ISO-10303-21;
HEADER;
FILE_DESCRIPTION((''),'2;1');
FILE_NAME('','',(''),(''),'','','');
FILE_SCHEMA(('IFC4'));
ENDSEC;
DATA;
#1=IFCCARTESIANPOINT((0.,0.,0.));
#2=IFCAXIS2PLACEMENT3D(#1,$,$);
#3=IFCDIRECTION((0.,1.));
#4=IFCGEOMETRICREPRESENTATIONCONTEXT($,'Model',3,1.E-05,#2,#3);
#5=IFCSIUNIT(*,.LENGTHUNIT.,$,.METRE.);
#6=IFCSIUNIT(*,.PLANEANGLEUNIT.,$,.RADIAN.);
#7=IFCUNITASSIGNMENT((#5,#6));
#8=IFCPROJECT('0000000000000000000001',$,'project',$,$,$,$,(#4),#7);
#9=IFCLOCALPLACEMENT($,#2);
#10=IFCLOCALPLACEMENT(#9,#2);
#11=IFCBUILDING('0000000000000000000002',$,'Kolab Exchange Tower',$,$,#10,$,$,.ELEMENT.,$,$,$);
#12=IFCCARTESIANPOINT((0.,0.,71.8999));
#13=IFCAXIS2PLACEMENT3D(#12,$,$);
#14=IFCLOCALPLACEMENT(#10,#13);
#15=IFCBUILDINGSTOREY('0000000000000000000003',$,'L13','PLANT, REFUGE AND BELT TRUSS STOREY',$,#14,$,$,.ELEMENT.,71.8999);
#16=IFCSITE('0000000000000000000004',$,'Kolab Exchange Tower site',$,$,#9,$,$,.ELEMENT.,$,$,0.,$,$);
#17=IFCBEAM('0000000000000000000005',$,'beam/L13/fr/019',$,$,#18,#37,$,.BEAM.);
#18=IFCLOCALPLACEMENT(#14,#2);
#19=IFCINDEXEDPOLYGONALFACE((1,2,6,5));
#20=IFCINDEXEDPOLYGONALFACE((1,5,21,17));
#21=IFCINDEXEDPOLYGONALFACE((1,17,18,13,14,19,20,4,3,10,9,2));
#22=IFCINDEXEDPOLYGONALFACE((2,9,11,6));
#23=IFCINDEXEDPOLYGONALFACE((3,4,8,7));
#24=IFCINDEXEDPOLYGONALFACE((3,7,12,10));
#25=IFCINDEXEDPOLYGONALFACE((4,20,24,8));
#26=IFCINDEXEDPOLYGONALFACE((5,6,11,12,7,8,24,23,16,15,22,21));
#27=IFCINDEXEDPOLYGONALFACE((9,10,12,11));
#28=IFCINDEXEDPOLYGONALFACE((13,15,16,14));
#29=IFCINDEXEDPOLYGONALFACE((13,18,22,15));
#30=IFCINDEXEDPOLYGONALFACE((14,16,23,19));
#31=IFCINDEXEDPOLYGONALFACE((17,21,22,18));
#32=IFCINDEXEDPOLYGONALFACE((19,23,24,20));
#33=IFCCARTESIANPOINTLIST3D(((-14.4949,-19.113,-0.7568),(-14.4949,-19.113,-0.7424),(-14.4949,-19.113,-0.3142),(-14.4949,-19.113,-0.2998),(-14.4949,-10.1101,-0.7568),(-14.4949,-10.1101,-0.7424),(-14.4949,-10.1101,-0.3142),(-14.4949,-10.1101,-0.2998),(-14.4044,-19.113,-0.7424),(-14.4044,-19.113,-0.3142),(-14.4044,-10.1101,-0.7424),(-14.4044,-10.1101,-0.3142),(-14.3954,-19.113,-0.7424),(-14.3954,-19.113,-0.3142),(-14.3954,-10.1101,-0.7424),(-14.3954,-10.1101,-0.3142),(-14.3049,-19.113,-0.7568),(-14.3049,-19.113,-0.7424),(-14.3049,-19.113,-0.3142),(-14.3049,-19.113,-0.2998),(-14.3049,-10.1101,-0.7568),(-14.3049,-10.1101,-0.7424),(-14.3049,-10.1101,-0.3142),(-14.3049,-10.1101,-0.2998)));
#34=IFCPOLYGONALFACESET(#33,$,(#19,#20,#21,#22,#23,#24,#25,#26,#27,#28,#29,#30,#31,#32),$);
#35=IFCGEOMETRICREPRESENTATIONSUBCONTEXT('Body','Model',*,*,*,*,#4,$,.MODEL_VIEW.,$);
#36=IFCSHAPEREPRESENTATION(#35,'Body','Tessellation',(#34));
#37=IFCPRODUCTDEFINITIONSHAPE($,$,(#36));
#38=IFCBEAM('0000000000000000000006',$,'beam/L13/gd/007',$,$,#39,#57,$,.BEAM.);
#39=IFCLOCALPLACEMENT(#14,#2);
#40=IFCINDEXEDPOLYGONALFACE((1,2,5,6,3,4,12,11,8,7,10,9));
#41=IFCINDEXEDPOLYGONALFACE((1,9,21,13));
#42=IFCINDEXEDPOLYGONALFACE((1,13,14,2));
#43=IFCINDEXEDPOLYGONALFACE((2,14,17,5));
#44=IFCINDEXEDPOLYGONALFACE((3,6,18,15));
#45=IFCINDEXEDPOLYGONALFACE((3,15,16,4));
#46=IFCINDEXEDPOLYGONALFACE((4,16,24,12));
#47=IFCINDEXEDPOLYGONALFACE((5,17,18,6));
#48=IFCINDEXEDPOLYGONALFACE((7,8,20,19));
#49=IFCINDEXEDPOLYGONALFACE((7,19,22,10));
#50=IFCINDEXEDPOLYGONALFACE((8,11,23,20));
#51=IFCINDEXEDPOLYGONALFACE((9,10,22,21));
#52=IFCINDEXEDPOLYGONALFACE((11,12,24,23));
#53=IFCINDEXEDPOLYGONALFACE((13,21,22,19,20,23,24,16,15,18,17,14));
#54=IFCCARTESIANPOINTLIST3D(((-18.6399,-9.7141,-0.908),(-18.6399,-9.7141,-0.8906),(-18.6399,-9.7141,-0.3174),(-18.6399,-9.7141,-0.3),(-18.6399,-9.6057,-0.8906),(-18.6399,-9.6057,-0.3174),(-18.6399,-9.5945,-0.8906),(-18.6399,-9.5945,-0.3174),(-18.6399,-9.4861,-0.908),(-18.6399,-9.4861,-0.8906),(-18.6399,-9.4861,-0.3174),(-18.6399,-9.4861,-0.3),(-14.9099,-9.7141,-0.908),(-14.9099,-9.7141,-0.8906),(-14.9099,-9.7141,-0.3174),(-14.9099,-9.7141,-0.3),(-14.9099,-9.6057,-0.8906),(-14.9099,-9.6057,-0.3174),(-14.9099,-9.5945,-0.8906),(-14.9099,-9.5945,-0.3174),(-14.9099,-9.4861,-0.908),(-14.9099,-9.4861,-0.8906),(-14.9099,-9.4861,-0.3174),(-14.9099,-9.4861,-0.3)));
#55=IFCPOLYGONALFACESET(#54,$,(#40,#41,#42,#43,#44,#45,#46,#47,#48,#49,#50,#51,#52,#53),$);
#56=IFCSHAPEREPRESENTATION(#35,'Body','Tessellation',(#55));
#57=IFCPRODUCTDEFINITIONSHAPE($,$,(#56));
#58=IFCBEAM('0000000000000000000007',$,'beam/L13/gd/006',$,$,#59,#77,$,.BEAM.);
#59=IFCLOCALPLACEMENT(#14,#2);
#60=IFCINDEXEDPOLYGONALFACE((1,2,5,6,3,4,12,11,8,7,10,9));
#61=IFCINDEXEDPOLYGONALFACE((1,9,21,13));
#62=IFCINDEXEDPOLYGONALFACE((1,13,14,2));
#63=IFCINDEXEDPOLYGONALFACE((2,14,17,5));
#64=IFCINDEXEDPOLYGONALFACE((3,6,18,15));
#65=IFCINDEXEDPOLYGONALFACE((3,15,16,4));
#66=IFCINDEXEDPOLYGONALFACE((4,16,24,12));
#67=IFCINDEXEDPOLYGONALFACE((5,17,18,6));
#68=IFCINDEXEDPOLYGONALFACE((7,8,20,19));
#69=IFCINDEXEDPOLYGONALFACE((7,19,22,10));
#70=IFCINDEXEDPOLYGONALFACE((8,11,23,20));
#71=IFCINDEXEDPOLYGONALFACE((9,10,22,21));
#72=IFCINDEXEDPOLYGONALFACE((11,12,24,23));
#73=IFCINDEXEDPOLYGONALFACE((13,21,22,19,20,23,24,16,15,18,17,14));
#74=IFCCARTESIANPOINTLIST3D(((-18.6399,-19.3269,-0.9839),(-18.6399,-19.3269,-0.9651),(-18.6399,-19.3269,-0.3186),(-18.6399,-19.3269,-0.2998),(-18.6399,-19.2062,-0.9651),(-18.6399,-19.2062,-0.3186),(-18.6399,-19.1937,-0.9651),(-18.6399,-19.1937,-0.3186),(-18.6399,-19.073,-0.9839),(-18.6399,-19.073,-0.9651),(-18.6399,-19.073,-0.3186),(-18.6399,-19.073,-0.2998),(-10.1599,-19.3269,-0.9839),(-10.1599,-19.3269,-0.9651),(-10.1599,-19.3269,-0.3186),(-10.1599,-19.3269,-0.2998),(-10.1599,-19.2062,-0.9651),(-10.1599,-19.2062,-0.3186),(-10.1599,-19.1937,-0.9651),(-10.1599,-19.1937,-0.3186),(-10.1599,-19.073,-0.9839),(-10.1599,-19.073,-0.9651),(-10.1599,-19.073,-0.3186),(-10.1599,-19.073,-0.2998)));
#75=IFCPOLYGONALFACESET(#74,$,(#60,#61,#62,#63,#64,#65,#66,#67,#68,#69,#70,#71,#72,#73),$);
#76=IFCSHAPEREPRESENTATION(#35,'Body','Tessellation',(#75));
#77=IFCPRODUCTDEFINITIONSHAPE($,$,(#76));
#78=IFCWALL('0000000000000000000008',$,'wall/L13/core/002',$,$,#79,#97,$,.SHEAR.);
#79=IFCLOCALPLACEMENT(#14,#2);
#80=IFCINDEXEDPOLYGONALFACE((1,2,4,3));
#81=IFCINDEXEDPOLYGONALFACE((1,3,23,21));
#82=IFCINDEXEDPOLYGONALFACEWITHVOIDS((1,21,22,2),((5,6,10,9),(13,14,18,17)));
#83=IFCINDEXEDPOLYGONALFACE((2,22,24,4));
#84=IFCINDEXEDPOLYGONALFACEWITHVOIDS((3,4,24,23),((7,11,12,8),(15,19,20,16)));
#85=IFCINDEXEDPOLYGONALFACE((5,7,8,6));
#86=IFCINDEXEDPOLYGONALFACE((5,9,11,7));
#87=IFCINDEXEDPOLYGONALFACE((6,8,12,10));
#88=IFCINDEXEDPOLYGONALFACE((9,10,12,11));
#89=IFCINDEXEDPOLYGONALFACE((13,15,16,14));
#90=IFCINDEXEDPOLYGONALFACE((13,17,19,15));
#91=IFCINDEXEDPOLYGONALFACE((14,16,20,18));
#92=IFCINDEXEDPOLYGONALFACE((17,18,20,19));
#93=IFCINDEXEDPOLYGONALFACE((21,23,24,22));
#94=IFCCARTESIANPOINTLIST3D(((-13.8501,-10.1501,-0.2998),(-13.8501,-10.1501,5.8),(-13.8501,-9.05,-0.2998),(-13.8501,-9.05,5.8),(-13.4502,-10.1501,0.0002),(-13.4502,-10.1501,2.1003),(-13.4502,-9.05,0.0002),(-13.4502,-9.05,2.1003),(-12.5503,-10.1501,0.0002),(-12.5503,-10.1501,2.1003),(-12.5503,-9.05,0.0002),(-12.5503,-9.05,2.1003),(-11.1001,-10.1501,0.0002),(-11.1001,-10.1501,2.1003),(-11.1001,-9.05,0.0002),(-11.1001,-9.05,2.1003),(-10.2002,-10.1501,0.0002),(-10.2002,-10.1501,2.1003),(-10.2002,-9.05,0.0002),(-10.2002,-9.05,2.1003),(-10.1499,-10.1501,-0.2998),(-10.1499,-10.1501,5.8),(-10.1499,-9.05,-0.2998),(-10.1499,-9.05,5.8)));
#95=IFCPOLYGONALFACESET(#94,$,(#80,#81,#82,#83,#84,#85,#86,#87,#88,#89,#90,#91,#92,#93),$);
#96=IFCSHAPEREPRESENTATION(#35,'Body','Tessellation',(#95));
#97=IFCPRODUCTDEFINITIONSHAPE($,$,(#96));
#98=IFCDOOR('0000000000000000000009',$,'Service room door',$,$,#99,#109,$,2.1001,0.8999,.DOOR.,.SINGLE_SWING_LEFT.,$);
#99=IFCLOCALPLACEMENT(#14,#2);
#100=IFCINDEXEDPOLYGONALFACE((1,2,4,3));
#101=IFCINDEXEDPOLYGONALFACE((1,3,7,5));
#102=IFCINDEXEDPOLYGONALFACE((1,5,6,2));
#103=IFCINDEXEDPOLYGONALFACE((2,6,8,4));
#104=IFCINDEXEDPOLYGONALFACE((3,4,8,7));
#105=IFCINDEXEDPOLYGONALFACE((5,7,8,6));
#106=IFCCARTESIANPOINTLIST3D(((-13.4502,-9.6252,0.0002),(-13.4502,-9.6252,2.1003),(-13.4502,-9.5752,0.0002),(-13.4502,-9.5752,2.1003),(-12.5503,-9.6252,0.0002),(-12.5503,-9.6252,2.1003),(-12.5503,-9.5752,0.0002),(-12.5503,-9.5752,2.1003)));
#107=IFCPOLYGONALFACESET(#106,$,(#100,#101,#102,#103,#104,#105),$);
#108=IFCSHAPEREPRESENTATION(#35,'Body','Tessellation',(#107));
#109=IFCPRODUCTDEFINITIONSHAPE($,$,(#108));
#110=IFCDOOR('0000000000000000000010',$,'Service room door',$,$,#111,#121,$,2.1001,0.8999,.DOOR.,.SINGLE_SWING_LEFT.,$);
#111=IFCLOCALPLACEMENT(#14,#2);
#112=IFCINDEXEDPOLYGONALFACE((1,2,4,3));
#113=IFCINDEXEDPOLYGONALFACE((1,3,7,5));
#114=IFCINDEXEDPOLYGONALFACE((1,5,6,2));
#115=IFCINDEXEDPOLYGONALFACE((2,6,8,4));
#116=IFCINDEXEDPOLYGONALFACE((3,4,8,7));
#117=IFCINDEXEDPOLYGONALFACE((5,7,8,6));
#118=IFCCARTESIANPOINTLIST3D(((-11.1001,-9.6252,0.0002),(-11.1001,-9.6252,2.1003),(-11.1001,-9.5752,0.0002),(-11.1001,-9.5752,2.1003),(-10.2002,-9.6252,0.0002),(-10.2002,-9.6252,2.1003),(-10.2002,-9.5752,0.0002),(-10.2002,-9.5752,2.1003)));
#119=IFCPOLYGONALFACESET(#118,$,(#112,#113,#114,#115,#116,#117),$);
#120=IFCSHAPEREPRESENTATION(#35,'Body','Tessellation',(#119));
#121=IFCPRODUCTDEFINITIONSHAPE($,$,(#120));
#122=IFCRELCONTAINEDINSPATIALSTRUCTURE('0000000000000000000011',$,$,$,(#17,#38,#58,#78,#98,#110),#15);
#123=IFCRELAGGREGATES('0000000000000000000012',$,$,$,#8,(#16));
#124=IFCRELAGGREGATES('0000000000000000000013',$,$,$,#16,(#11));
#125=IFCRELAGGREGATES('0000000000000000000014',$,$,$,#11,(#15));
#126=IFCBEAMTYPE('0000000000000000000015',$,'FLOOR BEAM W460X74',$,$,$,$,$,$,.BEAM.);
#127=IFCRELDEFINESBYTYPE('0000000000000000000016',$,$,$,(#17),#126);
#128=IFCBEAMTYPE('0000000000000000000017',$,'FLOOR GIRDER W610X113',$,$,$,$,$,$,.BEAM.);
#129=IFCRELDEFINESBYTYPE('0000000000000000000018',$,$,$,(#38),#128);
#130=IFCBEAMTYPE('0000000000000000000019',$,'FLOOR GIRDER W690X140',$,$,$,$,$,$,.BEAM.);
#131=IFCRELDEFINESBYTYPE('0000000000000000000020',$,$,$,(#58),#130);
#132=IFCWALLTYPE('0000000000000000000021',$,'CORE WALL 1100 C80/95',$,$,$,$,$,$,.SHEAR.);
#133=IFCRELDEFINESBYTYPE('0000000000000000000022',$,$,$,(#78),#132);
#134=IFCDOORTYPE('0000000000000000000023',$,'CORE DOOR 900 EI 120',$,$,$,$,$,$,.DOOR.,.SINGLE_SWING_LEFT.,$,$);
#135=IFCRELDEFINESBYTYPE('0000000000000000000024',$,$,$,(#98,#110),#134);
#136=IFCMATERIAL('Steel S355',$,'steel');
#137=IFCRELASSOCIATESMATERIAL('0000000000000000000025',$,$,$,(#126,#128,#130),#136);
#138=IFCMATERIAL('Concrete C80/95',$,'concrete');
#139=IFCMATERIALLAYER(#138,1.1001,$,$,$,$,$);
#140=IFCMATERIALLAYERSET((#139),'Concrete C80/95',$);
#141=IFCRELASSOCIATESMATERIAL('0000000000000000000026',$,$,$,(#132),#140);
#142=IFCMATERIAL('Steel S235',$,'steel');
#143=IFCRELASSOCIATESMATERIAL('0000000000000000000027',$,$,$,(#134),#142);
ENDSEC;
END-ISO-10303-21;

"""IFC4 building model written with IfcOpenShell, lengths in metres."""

from ifc_helpers import new_model, si_unit, direction, frame, frame_2d, origin, origin_2d, place, context, subcontext, project, spatial, rectangle, i_section, extrude, material, layer, layer_set, material_profile, profile_set, type_object, element, fill, save


model = new_model("IFC4")

# Units and contexts
model_context = context("Model", 3, precision=1e-05, world=origin(), true_north=direction((0.0, 1.0)))
body_context = subcontext(model_context, "Body", "Model", "MODEL_VIEW")
ifc_project = project(units=[si_unit("LENGTHUNIT", "METRE"), si_unit("PLANEANGLEUNIT", "RADIAN")], contexts=[model_context])

# Site, building, storey
site_placement = place(None, origin())
site = spatial("IfcSite", under=ifc_project, at=site_placement, Name="Kolab Exchange Tower site", CompositionType="ELEMENT", RefElevation=0.0)
building_placement = place(site_placement, origin())
building = spatial("IfcBuilding", under=site, at=building_placement, Name="Kolab Exchange Tower", CompositionType="ELEMENT")
storey_placement = place(building_placement, frame((0.0, 0.0, 71.8999)))
storey = spatial("IfcBuildingStorey", under=building, at=storey_placement, Name="L13", Description="PLANT, REFUGE AND BELT TRUSS STOREY", CompositionType="ELEMENT", Elevation=71.8999)

# Beams
ifc_material_1 = material(Name="Steel S355", Category="steel")
ifc_material_profile_1 = material_profile(ifc_material_1, i_section(OverallWidth=0.1899, OverallDepth=0.457, WebThickness=0.009, FlangeThickness=0.0144, at=origin_2d()), Name="W460X74")
ifc_profile_set_1 = profile_set([ifc_material_profile_1], Name="Steel S355")
beam_type_1 = type_object("IfcBeamType", Name="FLOOR BEAM W460X74", PredefinedType="BEAM", material=ifc_profile_set_1)
beam_1_placement = place(storey_placement, frame((-14.3999, -19.113, -0.5283), z_axis=(0.0, 1.0, 0.0), x_axis=(-1.0, 0.0, 0.0)))
element("IfcBeam", 1, at=beam_1_placement, inside=storey, type_object=beam_type_1, Name="beam/L13/fr/019", PredefinedType="BEAM", context=body_context, shape_type="SweptSolid", body=[
    extrude(i_section(OverallWidth=0.1899, OverallDepth=0.457, WebThickness=0.009, FlangeThickness=0.0144, at=origin_2d()), origin(), (0.0, 0.0, 1.0), 9.0029),
])
ifc_material_profile_2 = material_profile(ifc_material_1, i_section(OverallWidth=0.228, OverallDepth=0.6079, WebThickness=0.0112, FlangeThickness=0.0173, at=origin_2d()), Name="W610X113")
ifc_profile_set_2 = profile_set([ifc_material_profile_2], Name="Steel S355")
beam_type_2 = type_object("IfcBeamType", Name="FLOOR GIRDER W610X113", PredefinedType="BEAM", material=ifc_profile_set_2)
beam_2_placement = place(storey_placement, frame((-18.6399, -9.6001, -0.604), z_axis=(1.0, 0.0, 0.0), x_axis=(0.0, 1.0, 0.0)))
element("IfcBeam", 2, at=beam_2_placement, inside=storey, type_object=beam_type_2, Name="beam/L13/gd/007", PredefinedType="BEAM", context=body_context, shape_type="SweptSolid", body=[
    extrude(i_section(OverallWidth=0.228, OverallDepth=0.6079, WebThickness=0.0112, FlangeThickness=0.0173, at=origin_2d()), origin(), (0.0, 0.0, 1.0), 3.73),
])
ifc_material_profile_3 = material_profile(ifc_material_1, i_section(OverallWidth=0.2539, OverallDepth=0.6841, WebThickness=0.0125, FlangeThickness=0.0188, at=origin_2d()), Name="W690X140")
ifc_profile_set_3 = profile_set([ifc_material_profile_3], Name="Steel S355")
beam_type_3 = type_object("IfcBeamType", Name="FLOOR GIRDER W690X140", PredefinedType="BEAM", material=ifc_profile_set_3)
beam_3_placement = place(storey_placement, frame((-18.6399, -19.2, -0.6418), z_axis=(1.0, 0.0, 0.0), x_axis=(0.0, 1.0, 0.0)))
element("IfcBeam", 3, at=beam_3_placement, inside=storey, type_object=beam_type_3, Name="beam/L13/gd/006", PredefinedType="BEAM", context=body_context, shape_type="SweptSolid", body=[
    extrude(i_section(OverallWidth=0.2539, OverallDepth=0.6841, WebThickness=0.0125, FlangeThickness=0.0188, at=origin_2d()), origin(), (0.0, 0.0, 1.0), 8.48),
])

# Wall, openings, doors
ifc_material_2 = material(Name="Concrete C80/95", Category="concrete")
ifc_layer_1 = layer(ifc_material_2, 1.1001)
ifc_layer_set_1 = layer_set([ifc_layer_1], Name="Concrete C80/95")
wall_type_1 = type_object("IfcWallType", Name="CORE WALL 1100 C80/95", PredefinedType="SHEAR", material=ifc_layer_set_1)
wall_1_placement = place(storey_placement, frame((-13.8501, -9.6001, -0.2998), z_axis=(0.0, 0.0, 1.0), x_axis=(1.0, 0.0, 0.0)))
wall_1 = element("IfcWall", 4, at=wall_1_placement, inside=storey, type_object=wall_type_1, Name="wall/L13/core/002", PredefinedType="SHEAR", context=body_context, shape_type="SweptSolid", body=[
    extrude(rectangle(XDim=3.7002, YDim=1.1001, at=frame_2d((1.8501, 0.0))), origin(), (0.0, 0.0, 1.0), 6.0999),
])
opening_1_placement = place(wall_1_placement, frame((0.3999, 0.0, 0.3)))
opening_1 = element("IfcOpeningElement", 5, at=opening_1_placement, cuts=wall_1, PredefinedType="OPENING", context=body_context, shape_type="SweptSolid", body=[
    extrude(rectangle(XDim=0.8999, YDim=2.1001, at=frame_2d((0.45, 1.05))), frame((0.0, 0.5601, 0.0), z_axis=(0.0, -1.0, 0.0), x_axis=(1.0, 0.0, 0.0)), (0.0, 0.0, 1.0), 1.1201),
])
opening_2_placement = place(wall_1_placement, frame((2.75, 0.0, 0.3)))
opening_2 = element("IfcOpeningElement", 6, at=opening_2_placement, cuts=wall_1, PredefinedType="OPENING", context=body_context, shape_type="SweptSolid", body=[
    extrude(rectangle(XDim=0.8999, YDim=2.1001, at=frame_2d((0.45, 1.05))), frame((0.0, 0.5601, 0.0), z_axis=(0.0, -1.0, 0.0), x_axis=(1.0, 0.0, 0.0)), (0.0, 0.0, 1.0), 1.1201),
])
ifc_material_3 = material(Name="Steel S235", Category="steel")
door_type_1 = type_object("IfcDoorType", Name="CORE DOOR 900 EI 120", OperationType="SINGLE_SWING_LEFT", PredefinedType="DOOR", material=ifc_material_3)
door_1_placement = place(opening_1_placement, origin())
door_1 = element("IfcDoor", 7, at=door_1_placement, inside=storey, type_object=door_type_1, Name="Service room door", OperationType="SINGLE_SWING_LEFT", OverallHeight=2.1001, OverallWidth=0.8999, PredefinedType="DOOR", context=body_context, shape_type="SweptSolid", body=[
    extrude(rectangle(XDim=0.8999, YDim=2.1001, at=frame_2d((0.45, 1.05))), frame((0.0, 0.0249, 0.0), z_axis=(0.0, -1.0, 0.0), x_axis=(1.0, 0.0, 0.0)), (0.0, 0.0, 1.0), 0.05),
])
fill(opening_1, door_1)
door_2_placement = place(opening_2_placement, origin())
door_2 = element("IfcDoor", 8, at=door_2_placement, inside=storey, type_object=door_type_1, Name="Service room door", OperationType="SINGLE_SWING_LEFT", OverallHeight=2.1001, OverallWidth=0.8999, PredefinedType="DOOR", context=body_context, shape_type="SweptSolid", body=[
    extrude(rectangle(XDim=0.8999, YDim=2.1001, at=frame_2d((0.45, 1.05))), frame((0.0, 0.0249, 0.0), z_axis=(0.0, -1.0, 0.0), x_axis=(1.0, 0.0, 0.0)), (0.0, 0.0, 1.0), 0.05),
])
fill(opening_2, door_2)

save(model, "model.ifc")
